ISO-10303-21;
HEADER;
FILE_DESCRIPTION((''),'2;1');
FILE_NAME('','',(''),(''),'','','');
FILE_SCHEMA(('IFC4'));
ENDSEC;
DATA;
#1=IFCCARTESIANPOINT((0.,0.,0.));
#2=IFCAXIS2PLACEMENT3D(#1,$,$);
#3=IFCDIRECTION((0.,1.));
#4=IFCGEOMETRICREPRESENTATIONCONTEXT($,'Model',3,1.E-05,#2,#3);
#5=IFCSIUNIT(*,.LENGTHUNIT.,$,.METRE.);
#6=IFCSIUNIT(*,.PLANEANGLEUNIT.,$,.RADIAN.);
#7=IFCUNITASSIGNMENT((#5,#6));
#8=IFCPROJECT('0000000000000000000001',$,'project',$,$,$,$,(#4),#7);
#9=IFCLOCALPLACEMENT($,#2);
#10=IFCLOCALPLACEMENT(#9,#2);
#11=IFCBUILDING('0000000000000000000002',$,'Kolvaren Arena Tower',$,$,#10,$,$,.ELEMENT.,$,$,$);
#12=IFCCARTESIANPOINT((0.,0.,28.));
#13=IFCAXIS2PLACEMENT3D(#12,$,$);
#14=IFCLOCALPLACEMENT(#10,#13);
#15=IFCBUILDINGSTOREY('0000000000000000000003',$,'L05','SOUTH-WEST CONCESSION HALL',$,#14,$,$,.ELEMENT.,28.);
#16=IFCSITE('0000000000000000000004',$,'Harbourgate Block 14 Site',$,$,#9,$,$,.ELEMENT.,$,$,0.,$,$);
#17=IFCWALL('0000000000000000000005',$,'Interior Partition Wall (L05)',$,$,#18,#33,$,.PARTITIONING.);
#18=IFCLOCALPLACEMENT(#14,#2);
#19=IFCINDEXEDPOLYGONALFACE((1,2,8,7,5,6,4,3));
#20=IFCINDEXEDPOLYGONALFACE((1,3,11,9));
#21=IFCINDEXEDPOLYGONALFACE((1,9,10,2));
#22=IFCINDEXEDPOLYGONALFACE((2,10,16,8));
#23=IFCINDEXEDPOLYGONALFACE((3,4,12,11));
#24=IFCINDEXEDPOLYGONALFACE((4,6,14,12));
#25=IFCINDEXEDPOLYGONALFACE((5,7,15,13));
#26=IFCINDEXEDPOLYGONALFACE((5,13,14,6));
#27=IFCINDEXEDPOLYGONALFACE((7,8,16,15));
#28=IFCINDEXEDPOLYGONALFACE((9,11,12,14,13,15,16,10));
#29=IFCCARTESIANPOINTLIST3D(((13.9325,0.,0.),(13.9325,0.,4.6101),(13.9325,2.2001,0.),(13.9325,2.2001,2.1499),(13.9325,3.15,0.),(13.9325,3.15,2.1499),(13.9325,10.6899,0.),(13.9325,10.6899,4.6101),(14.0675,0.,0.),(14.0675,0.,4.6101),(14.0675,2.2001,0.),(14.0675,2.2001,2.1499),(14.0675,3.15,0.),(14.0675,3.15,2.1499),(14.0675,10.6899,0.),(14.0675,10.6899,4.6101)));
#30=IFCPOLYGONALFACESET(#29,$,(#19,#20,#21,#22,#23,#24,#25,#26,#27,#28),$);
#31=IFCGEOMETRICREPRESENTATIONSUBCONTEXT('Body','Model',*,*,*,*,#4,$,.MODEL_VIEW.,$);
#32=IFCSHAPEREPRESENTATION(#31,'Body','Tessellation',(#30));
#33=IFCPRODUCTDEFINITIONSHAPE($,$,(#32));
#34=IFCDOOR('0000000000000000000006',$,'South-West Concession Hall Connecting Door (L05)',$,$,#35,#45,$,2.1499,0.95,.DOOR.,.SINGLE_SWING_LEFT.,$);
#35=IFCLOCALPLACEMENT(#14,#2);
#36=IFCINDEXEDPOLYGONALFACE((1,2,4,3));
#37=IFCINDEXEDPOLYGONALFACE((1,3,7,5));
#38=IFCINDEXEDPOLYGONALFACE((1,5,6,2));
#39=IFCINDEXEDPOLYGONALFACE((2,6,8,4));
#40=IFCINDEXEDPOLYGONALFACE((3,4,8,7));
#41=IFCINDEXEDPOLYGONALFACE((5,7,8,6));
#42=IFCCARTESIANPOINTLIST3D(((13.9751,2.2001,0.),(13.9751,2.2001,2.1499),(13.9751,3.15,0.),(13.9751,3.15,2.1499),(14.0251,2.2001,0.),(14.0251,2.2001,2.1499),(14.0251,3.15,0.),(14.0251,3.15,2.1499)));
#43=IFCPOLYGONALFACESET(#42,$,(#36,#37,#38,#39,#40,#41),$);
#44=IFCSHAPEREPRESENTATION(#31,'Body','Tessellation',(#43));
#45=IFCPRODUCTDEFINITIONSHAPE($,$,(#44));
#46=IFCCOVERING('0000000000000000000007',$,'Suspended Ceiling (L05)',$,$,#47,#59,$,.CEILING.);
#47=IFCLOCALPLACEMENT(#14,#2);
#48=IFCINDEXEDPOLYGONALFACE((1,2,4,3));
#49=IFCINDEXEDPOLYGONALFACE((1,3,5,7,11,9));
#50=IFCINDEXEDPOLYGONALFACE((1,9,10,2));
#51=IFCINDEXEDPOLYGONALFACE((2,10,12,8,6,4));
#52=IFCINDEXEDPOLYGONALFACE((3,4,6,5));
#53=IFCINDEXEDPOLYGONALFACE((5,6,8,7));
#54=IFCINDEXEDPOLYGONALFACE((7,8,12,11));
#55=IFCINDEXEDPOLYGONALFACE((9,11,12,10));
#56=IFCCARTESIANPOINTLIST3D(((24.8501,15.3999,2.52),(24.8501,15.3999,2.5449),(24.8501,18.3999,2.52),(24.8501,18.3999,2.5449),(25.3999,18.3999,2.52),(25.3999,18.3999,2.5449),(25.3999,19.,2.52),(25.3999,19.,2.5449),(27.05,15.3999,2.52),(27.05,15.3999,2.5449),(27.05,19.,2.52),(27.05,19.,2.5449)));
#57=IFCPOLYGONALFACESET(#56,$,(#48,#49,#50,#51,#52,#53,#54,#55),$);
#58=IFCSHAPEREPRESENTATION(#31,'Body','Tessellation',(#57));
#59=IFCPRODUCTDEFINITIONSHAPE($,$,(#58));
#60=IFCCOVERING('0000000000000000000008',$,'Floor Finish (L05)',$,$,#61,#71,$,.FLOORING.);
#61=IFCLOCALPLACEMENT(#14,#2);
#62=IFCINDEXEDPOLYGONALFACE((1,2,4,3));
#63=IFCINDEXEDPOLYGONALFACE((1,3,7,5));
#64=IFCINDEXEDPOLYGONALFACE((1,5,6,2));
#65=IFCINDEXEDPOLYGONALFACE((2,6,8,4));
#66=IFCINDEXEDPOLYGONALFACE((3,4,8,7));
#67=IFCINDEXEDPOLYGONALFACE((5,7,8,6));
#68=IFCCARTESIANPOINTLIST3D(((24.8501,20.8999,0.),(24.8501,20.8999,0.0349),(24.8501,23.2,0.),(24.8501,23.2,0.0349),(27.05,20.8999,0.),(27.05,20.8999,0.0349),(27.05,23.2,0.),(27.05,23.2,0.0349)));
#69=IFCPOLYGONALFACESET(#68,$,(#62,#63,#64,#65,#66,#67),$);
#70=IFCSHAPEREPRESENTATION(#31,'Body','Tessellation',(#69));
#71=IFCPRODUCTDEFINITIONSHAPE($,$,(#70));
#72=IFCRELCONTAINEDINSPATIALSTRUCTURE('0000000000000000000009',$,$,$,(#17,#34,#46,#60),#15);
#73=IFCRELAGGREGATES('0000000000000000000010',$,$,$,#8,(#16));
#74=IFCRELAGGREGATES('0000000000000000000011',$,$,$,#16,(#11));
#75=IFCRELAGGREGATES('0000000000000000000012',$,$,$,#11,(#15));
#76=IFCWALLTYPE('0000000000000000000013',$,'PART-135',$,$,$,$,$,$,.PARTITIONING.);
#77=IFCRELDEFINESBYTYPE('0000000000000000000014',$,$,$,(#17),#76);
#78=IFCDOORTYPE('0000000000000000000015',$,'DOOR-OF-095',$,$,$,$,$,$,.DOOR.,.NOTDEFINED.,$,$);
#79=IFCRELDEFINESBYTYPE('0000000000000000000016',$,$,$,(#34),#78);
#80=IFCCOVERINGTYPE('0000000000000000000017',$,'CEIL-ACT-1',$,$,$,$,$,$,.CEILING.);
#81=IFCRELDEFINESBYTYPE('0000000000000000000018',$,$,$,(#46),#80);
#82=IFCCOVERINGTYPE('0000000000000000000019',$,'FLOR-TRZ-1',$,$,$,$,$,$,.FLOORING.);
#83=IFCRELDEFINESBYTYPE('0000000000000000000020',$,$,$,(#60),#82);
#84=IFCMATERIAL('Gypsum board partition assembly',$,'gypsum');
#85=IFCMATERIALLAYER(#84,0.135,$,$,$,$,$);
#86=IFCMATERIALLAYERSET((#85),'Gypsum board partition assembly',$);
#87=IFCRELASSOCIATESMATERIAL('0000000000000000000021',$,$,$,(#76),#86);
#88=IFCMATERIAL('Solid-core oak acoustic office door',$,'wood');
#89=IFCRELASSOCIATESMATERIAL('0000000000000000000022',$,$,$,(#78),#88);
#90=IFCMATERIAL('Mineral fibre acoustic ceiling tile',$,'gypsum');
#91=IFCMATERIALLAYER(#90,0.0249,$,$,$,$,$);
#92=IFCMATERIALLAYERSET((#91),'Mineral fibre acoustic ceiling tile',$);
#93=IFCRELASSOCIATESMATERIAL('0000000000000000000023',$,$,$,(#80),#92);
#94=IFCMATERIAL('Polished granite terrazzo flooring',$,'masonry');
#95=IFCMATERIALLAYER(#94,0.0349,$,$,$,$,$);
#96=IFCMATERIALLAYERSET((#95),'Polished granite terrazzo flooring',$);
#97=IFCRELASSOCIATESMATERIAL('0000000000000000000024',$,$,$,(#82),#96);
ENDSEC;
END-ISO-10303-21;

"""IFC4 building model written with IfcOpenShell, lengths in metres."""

from ifc_helpers import new_model, si_unit, direction, frame, frame_2d, origin, place, context, subcontext, project, spatial, polyline, rectangle, outline, extrude, material, layer, layer_set, type_object, element, fill, save


model = new_model("IFC4")

# Units and contexts
model_context = context("Model", 3, precision=1e-05, world=origin(), true_north=direction((0.0, 1.0)))
body_context = subcontext(model_context, "Body", "Model", "MODEL_VIEW")
ifc_project = project(units=[si_unit("LENGTHUNIT", "METRE"), si_unit("PLANEANGLEUNIT", "RADIAN")], contexts=[model_context])

# Site, building, storey
site_placement = place(None, origin())
site = spatial("IfcSite", under=ifc_project, at=site_placement, Name="Harbourgate Block 14 Site", CompositionType="ELEMENT", RefElevation=0.0)
building_placement = place(site_placement, origin())
building = spatial("IfcBuilding", under=site, at=building_placement, Name="Kolvaren Arena Tower", CompositionType="ELEMENT")
storey_placement = place(building_placement, frame((0.0, 0.0, 28.0)))
storey = spatial("IfcBuildingStorey", under=building, at=storey_placement, Name="L05", Description="SOUTH-WEST CONCESSION HALL", CompositionType="ELEMENT", Elevation=28.0)

# Wall, opening, door
ifc_material_1 = material(Name="Gypsum board partition assembly", Category="gypsum")
ifc_layer_1 = layer(ifc_material_1, 0.135)
ifc_layer_set_1 = layer_set([ifc_layer_1], Name="Gypsum board partition assembly")
wall_type_1 = type_object("IfcWallType", Name="PART-135", PredefinedType="PARTITIONING", material=ifc_layer_set_1)
wall_placement = place(storey_placement, frame((14.0, 0.0, 0.0), z_axis=(0.0, 0.0, 1.0), x_axis=(0.0, 1.0, 0.0)))
wall = element("IfcWall", 1, at=wall_placement, inside=storey, type_object=wall_type_1, Name="Interior Partition Wall (L05)", PredefinedType="PARTITIONING", context=body_context, shape_type="SweptSolid", body=[
    extrude(rectangle(XDim=10.6899, YDim=0.135, at=frame_2d((5.345, 0.0))), origin(), (0.0, 0.0, 1.0), 4.6101),
])
opening_placement = place(wall_placement, frame((2.2, 0.0, 0.0)))
opening = element("IfcOpeningElement", 2, at=opening_placement, cuts=wall, PredefinedType="OPENING", context=body_context, shape_type="SweptSolid", body=[
    extrude(rectangle(XDim=0.95, YDim=2.1499, at=frame_2d((0.4751, 1.075))), frame((0.0, 0.0774, 0.0), z_axis=(0.0, -1.0, 0.0), x_axis=(1.0, 0.0, 0.0)), (0.0, 0.0, 1.0), 0.155),
])
ifc_material_2 = material(Name="Solid-core oak acoustic office door", Category="wood")
door_type = type_object("IfcDoorType", Name="DOOR-OF-095", OperationType="NOTDEFINED", PredefinedType="DOOR", material=ifc_material_2)
door_placement = place(opening_placement, origin())
door = element("IfcDoor", 3, at=door_placement, inside=storey, type_object=door_type, Name="South-West Concession Hall Connecting Door (L05)", OperationType="SINGLE_SWING_LEFT", OverallHeight=2.1499, OverallWidth=0.95, PredefinedType="DOOR", context=body_context, shape_type="SweptSolid", body=[
    extrude(rectangle(XDim=0.95, YDim=2.1499, at=frame_2d((0.4751, 1.075))), frame((0.0, 0.0249, 0.0), z_axis=(0.0, -1.0, 0.0), x_axis=(1.0, 0.0, 0.0)), (0.0, 0.0, 1.0), 0.05),
])
fill(opening, door)

# Coverings
ifc_material_3 = material(Name="Mineral fibre acoustic ceiling tile", Category="gypsum")
ifc_layer_2 = layer(ifc_material_3, 0.0249)
ifc_layer_set_2 = layer_set([ifc_layer_2], Name="Mineral fibre acoustic ceiling tile")
covering_type_1 = type_object("IfcCoveringType", Name="CEIL-ACT-1", PredefinedType="CEILING", material=ifc_layer_set_2)
covering_1_placement = place(storey_placement, frame((0.0, 0.0, 2.52)))
element("IfcCovering", 4, at=covering_1_placement, inside=storey, type_object=covering_type_1, Name="Suspended Ceiling (L05)", PredefinedType="CEILING", context=body_context, shape_type="SweptSolid", body=[
    extrude(outline(polyline([(27.05, 19.0), (27.05, 15.3999), (24.8501, 15.3999), (24.8501, 18.3999), (25.3999, 18.3999), (25.3999, 19.0), (27.05, 19.0)])), origin(), (0.0, 0.0, 1.0), 0.0249),
])
ifc_material_4 = material(Name="Polished granite terrazzo flooring", Category="masonry")
ifc_layer_3 = layer(ifc_material_4, 0.0349)
ifc_layer_set_3 = layer_set([ifc_layer_3], Name="Polished granite terrazzo flooring")
covering_type_2 = type_object("IfcCoveringType", Name="FLOR-TRZ-1", PredefinedType="FLOORING", material=ifc_layer_set_3)
covering_2_placement = place(storey_placement, origin())
element("IfcCovering", 5, at=covering_2_placement, inside=storey, type_object=covering_type_2, Name="Floor Finish (L05)", PredefinedType="FLOORING", context=body_context, shape_type="SweptSolid", body=[
    extrude(outline(polyline([(24.8501, 20.8999), (24.8501, 23.2), (27.05, 23.2), (27.05, 20.8999), (24.8501, 20.8999)])), origin(), (0.0, 0.0, 1.0), 0.0349),
])

save(model, "model.ifc")
